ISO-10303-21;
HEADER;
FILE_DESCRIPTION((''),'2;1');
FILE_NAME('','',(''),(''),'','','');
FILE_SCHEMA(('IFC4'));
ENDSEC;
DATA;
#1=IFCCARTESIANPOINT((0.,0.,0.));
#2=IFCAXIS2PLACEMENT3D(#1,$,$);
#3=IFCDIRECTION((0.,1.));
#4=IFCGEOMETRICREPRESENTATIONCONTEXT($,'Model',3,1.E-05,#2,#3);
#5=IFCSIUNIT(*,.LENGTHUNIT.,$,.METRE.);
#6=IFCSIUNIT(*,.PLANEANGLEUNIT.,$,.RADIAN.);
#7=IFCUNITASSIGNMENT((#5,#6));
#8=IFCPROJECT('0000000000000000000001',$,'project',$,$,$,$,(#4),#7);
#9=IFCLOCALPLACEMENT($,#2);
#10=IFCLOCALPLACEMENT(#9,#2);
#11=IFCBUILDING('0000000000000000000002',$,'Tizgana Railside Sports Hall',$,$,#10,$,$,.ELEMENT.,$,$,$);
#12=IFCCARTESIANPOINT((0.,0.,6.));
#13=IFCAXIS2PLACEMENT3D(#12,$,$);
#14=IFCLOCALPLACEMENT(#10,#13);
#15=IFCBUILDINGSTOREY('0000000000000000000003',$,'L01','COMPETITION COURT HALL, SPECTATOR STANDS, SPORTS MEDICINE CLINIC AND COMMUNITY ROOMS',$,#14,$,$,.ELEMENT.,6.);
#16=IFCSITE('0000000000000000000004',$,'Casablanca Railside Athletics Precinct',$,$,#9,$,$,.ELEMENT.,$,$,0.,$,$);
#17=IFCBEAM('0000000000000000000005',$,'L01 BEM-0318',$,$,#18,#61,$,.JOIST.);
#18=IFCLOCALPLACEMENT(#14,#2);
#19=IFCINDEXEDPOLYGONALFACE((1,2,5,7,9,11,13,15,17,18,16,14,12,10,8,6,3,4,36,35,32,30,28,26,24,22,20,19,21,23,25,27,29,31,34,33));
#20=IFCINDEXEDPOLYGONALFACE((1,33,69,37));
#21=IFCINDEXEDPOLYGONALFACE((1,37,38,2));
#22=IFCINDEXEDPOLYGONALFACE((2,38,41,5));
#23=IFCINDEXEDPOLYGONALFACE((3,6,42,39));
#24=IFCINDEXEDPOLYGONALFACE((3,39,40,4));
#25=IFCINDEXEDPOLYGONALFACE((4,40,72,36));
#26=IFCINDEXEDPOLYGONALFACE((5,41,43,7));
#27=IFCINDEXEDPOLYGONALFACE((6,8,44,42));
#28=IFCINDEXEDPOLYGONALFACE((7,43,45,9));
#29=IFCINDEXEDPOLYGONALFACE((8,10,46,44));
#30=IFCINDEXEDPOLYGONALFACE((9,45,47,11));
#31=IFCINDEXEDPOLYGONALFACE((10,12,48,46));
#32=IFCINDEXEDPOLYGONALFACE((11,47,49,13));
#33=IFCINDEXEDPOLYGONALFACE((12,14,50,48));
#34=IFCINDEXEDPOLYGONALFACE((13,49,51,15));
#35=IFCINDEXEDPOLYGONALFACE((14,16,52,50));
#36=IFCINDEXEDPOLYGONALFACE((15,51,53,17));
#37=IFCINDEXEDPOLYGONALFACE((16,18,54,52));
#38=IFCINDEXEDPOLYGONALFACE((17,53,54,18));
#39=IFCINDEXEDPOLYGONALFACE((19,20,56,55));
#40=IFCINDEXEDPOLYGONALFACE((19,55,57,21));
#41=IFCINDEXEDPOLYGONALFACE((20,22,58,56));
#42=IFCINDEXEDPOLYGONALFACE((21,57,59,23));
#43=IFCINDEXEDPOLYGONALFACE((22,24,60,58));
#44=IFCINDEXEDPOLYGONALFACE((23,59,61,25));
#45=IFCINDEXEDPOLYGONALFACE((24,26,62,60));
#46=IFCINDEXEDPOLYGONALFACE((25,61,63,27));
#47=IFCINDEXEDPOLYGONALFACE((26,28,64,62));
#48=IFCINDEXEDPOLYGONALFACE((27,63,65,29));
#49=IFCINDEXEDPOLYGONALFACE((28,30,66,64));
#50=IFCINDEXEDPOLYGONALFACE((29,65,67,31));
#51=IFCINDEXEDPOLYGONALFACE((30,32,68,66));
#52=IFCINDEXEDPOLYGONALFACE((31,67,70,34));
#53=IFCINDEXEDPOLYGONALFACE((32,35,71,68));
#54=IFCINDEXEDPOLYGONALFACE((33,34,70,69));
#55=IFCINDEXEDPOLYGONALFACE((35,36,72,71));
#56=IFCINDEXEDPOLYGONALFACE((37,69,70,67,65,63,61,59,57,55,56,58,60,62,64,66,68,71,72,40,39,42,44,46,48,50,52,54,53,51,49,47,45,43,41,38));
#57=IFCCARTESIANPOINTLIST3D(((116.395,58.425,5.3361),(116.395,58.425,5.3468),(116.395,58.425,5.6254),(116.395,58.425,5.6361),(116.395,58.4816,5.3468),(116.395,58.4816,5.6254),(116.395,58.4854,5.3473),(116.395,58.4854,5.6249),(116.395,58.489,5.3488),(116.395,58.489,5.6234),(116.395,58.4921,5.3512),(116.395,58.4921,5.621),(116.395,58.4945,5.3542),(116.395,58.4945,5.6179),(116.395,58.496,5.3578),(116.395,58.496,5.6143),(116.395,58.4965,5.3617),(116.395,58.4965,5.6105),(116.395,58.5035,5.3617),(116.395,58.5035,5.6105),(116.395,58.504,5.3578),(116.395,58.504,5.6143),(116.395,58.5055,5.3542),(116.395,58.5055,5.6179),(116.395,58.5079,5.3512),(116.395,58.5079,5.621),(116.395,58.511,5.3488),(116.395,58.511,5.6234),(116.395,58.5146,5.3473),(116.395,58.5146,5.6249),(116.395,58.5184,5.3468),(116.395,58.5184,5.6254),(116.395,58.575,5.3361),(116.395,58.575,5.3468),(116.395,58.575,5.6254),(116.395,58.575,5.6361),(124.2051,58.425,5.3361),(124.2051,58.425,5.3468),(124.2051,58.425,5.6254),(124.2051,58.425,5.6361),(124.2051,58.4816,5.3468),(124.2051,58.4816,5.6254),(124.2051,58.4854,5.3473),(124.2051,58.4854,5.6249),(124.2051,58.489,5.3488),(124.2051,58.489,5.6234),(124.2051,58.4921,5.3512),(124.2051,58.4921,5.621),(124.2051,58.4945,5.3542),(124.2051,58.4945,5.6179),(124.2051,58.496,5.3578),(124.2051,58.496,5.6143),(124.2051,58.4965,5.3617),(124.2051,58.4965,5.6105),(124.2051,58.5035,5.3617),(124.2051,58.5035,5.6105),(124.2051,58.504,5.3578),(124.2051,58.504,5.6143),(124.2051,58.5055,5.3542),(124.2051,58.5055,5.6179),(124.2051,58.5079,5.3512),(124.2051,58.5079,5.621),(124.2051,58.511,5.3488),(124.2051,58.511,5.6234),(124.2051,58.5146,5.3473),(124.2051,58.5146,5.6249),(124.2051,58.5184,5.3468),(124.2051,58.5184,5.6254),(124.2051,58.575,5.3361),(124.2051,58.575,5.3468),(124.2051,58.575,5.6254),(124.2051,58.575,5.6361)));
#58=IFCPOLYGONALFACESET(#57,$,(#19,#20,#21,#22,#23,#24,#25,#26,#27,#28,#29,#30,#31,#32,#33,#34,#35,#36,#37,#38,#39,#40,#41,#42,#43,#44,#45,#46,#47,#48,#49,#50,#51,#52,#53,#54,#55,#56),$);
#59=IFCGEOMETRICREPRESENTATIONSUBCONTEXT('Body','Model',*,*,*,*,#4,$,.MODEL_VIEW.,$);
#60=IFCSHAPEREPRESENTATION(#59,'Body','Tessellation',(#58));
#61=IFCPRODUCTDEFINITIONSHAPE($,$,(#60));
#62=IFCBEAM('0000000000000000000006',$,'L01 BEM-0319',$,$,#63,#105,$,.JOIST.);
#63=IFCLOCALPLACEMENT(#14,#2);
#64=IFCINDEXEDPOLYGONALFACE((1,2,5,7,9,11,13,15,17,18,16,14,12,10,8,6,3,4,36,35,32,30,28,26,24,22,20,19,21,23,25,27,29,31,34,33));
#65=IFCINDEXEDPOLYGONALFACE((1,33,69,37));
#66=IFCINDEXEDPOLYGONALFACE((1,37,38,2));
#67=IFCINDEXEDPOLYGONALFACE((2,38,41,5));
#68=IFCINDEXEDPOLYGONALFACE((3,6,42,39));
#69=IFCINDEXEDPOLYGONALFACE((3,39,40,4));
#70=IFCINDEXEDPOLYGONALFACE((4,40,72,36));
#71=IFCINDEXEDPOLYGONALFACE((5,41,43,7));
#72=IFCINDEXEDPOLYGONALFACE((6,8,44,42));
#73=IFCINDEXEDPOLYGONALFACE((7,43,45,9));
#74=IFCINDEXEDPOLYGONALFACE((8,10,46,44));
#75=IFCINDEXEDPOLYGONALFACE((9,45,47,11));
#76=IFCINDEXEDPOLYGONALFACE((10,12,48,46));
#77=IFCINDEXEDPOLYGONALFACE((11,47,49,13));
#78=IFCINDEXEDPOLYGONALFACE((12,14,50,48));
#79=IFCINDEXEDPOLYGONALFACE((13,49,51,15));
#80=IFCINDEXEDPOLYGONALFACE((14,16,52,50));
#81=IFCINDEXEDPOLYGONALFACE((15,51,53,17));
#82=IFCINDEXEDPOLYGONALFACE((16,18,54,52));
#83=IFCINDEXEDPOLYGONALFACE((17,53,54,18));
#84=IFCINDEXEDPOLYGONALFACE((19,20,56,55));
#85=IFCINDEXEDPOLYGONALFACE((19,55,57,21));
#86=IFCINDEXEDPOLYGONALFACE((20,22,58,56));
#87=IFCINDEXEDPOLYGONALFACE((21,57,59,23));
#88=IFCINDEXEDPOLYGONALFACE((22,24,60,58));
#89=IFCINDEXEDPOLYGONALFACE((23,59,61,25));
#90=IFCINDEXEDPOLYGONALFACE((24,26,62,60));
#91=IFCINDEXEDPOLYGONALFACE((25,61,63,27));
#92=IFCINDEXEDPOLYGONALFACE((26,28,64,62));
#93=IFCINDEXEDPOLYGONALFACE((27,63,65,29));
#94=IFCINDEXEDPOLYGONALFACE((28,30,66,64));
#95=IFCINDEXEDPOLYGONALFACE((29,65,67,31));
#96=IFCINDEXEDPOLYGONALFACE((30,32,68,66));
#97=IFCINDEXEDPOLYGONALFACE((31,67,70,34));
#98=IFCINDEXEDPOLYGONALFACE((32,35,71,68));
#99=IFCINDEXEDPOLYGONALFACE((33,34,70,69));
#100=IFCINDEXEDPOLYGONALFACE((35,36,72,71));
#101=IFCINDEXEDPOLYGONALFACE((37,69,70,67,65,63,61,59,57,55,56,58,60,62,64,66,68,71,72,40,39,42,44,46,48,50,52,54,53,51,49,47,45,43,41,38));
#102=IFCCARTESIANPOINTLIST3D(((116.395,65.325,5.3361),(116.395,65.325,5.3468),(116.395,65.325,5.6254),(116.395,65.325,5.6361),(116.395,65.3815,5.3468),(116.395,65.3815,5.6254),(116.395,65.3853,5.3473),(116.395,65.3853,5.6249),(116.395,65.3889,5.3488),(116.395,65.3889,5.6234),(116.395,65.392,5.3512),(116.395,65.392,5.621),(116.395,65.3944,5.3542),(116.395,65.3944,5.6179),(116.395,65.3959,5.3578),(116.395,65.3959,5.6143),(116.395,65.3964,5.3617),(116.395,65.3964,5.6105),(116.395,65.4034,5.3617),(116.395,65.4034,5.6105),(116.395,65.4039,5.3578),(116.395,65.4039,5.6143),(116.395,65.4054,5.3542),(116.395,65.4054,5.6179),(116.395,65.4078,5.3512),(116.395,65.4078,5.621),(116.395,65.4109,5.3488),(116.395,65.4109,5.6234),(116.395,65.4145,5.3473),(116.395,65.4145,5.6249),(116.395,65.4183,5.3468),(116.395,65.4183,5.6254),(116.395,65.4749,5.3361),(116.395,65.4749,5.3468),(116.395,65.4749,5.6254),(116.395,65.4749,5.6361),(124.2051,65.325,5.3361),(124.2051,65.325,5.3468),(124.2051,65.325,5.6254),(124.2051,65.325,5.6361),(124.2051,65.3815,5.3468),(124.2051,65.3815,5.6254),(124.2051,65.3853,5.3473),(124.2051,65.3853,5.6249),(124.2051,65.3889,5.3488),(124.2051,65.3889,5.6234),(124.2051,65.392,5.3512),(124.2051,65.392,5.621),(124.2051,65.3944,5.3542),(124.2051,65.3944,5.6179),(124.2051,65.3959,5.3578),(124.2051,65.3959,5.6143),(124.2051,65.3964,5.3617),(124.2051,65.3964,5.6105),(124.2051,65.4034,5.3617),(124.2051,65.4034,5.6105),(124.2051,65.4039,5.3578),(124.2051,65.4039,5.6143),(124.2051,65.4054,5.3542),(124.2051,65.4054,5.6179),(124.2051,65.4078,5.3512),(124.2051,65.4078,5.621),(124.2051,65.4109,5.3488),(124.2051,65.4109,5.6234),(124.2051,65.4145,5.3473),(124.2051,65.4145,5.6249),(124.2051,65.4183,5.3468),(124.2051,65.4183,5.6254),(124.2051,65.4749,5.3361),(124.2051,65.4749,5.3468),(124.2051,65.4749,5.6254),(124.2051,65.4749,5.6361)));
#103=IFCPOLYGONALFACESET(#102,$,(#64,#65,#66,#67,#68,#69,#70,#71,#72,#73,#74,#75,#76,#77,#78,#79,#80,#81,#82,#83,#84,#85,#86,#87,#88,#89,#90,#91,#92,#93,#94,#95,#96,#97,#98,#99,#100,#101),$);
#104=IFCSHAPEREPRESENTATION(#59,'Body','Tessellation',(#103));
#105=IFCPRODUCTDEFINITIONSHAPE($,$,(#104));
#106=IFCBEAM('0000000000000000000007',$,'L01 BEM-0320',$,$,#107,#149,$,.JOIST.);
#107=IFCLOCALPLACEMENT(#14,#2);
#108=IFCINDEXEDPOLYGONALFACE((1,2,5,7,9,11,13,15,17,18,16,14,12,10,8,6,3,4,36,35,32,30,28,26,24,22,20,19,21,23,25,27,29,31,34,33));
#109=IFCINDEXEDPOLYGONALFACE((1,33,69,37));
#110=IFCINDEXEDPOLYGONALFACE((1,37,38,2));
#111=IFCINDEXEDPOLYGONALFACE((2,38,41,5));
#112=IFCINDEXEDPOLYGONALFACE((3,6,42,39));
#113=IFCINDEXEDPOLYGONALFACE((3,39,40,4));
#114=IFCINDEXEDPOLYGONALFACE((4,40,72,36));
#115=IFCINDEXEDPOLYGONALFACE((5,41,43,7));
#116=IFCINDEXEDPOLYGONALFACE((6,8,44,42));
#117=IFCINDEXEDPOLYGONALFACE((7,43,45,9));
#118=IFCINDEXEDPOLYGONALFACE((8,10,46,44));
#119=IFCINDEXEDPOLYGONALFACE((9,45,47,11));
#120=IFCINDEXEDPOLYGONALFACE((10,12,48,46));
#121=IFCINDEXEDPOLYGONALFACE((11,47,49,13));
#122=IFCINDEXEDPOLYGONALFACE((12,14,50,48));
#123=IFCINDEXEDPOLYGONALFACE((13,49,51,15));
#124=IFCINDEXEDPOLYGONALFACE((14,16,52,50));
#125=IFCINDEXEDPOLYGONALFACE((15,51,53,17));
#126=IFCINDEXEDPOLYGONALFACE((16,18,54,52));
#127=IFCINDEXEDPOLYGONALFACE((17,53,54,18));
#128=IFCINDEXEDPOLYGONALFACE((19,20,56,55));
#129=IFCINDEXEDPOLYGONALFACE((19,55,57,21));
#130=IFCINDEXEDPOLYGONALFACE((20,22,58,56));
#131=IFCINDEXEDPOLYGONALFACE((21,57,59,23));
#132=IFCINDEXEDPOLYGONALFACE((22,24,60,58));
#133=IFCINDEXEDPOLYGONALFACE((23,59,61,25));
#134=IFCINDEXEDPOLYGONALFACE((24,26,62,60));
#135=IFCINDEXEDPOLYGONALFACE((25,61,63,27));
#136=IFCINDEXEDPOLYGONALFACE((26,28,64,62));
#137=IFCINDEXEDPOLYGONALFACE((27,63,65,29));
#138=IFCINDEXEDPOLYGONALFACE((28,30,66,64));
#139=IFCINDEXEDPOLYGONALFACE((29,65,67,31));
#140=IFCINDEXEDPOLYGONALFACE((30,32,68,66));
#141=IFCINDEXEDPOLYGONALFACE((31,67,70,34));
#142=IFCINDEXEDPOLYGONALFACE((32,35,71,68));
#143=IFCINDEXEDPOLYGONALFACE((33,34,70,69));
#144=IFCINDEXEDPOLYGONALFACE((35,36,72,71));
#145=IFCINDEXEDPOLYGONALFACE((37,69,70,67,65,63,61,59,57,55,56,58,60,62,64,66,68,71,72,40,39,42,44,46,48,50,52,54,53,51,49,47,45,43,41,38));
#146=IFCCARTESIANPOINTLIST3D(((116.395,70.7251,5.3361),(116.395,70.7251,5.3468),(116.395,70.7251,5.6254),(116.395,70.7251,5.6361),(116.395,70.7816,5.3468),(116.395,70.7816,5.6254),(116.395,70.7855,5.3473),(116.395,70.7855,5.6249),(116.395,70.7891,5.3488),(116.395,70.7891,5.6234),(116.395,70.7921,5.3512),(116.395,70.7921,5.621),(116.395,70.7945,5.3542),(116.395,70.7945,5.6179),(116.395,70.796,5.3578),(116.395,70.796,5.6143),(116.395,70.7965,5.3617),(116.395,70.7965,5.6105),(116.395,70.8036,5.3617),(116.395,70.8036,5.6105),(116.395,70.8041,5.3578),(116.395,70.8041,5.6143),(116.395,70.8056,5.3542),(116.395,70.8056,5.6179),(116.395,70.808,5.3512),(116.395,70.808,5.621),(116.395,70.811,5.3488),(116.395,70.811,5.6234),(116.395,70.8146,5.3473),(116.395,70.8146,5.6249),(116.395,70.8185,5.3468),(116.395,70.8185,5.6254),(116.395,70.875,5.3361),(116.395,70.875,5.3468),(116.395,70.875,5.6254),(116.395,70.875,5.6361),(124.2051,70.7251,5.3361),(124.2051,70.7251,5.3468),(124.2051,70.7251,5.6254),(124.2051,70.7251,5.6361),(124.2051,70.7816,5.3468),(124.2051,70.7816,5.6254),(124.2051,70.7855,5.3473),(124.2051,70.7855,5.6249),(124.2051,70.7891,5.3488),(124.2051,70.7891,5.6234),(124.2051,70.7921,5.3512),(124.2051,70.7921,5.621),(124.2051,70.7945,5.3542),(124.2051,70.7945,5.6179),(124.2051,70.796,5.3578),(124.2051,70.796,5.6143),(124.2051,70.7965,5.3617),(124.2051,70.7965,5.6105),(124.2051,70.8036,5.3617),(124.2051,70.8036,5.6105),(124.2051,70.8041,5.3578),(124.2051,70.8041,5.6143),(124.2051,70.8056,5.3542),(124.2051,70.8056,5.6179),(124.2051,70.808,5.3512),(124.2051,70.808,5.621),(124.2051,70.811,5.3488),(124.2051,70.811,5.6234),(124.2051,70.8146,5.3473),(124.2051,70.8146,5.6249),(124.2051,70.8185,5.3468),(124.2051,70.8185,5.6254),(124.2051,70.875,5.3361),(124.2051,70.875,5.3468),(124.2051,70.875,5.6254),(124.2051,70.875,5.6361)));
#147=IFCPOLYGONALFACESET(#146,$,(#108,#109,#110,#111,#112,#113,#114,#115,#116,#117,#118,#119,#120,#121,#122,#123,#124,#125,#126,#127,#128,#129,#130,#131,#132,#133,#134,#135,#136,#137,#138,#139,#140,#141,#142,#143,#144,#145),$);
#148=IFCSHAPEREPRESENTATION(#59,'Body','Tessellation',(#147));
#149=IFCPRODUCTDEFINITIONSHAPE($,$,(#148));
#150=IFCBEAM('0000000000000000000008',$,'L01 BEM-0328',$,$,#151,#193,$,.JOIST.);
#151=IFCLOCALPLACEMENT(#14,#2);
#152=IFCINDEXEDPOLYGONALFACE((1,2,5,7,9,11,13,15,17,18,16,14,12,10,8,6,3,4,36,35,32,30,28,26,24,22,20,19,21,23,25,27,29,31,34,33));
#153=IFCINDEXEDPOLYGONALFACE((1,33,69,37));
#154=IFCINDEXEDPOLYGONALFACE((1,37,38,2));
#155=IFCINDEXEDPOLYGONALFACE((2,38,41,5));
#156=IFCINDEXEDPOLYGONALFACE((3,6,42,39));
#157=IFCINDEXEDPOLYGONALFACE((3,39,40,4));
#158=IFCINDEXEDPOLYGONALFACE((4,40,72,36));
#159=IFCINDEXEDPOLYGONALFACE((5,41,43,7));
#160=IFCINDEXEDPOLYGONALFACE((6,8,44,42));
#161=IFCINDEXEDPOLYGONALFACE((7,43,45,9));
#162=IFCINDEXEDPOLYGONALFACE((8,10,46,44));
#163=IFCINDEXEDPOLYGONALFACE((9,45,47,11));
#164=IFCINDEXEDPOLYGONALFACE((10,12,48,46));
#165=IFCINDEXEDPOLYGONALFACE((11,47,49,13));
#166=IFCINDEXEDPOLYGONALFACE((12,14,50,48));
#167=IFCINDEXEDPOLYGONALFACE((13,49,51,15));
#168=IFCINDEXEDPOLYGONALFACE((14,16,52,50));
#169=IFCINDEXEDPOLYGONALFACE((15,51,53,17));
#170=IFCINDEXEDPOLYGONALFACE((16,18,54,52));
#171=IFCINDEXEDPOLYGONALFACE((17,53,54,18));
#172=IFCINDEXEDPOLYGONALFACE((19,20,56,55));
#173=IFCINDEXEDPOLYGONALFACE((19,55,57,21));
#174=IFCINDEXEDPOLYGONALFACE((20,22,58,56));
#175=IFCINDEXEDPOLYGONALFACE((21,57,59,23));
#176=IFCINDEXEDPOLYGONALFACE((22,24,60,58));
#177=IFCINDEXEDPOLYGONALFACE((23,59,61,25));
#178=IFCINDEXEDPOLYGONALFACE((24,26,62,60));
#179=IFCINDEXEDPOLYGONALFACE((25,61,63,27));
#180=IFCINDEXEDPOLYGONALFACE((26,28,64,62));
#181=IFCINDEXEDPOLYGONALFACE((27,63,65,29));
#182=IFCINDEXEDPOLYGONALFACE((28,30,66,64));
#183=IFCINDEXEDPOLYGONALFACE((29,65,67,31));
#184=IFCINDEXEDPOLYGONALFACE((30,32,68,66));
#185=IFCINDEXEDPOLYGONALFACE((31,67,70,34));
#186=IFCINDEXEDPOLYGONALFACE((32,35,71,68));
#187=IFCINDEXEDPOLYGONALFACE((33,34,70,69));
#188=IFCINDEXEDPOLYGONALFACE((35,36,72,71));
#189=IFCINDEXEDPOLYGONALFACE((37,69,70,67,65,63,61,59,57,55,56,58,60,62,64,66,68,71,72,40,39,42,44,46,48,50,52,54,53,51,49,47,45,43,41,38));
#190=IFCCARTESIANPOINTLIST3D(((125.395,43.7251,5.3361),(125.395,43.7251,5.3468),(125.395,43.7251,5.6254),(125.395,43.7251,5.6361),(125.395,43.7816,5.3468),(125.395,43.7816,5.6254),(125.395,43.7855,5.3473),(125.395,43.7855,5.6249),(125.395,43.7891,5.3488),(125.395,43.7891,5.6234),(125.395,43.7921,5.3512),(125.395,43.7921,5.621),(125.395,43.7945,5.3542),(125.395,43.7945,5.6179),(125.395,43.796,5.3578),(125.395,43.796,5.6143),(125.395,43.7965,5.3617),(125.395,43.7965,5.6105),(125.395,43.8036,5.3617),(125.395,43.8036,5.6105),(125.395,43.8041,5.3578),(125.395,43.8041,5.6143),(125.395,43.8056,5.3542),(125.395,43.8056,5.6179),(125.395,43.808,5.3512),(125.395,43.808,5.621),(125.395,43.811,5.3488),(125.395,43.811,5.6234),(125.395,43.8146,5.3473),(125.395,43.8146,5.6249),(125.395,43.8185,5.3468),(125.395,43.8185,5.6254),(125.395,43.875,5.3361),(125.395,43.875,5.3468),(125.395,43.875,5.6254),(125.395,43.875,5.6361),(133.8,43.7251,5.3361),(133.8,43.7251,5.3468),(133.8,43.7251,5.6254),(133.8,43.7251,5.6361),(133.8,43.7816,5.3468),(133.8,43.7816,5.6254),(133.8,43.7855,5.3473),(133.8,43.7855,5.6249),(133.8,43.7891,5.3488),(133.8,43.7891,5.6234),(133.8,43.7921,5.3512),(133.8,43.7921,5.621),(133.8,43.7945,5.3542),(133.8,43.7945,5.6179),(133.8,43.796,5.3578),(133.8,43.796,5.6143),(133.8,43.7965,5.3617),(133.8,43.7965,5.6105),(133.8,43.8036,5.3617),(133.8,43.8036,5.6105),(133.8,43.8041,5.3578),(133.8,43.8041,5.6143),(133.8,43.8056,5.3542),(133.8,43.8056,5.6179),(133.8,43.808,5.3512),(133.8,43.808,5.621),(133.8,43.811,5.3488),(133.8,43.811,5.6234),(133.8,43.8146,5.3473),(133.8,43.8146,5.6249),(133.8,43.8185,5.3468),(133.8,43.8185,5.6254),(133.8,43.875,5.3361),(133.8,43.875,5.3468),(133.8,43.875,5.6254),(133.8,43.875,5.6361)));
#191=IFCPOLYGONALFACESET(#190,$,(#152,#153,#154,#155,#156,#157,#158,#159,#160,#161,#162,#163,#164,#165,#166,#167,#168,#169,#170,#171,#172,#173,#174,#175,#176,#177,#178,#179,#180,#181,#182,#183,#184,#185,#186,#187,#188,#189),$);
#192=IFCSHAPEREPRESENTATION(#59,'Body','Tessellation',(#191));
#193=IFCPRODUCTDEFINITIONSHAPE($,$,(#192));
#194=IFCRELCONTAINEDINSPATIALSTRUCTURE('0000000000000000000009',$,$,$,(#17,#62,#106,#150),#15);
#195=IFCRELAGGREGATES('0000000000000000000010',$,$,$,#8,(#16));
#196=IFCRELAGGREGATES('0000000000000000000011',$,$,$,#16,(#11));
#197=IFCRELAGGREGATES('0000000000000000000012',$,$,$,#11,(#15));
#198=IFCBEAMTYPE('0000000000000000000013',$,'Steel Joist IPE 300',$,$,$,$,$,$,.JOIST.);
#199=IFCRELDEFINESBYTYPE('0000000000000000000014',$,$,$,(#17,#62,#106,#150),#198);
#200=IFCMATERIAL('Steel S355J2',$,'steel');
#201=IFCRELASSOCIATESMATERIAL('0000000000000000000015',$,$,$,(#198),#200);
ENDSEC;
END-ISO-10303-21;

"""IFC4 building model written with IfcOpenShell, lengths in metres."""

from ifc_helpers import new_model, si_unit, direction, frame, origin, origin_2d, place, context, subcontext, project, spatial, i_section, extrude, material, material_profile, profile_set, type_object, element, save


model = new_model("IFC4")

# Units and contexts
model_context = context("Model", 3, precision=1e-05, world=origin(), true_north=direction((0.0, 1.0)))
body_context = subcontext(model_context, "Body", "Model", "MODEL_VIEW")
ifc_project = project(units=[si_unit("LENGTHUNIT", "METRE"), si_unit("PLANEANGLEUNIT", "RADIAN")], contexts=[model_context])

# Site, building, storey
site_placement = place(None, origin())
site = spatial("IfcSite", under=ifc_project, at=site_placement, Name="Casablanca Railside Athletics Precinct", CompositionType="ELEMENT", RefElevation=0.0)
building_placement = place(site_placement, origin())
building = spatial("IfcBuilding", under=site, at=building_placement, Name="Tizgana Railside Sports Hall", CompositionType="ELEMENT")
storey_placement = place(building_placement, frame((0.0, 0.0, 6.0)))
storey = spatial("IfcBuildingStorey", under=building, at=storey_placement, Name="L01", Description="COMPETITION COURT HALL, SPECTATOR STANDS, SPORTS MEDICINE CLINIC AND COMMUNITY ROOMS", CompositionType="ELEMENT", Elevation=6.0)

# Beams
ifc_material = material(Name="Steel S355J2", Category="steel")
ifc_material_profile_1 = material_profile(ifc_material, i_section(OverallWidth=0.1499, OverallDepth=0.3, WebThickness=0.0071, FlangeThickness=0.0107, FilletRadius=0.0149, at=origin_2d()), Name="IPE 300")
ifc_profile_set_1 = profile_set([ifc_material_profile_1], Name="Steel S355J2")
beam_type_1 = type_object("IfcBeamType", Name="Steel Joist IPE 300", PredefinedType="JOIST", material=ifc_profile_set_1)
for number, where, z_axis, x_axis, name in (
    (1, (116.395, 58.5, 5.4861), (1.0, 0.0, 0.0), (0.0, 1.0, 0.0), "L01 BEM-0318"),
    (2, (116.395, 65.3999, 5.4861), (1.0, 0.0, 0.0), (0.0, 1.0, 0.0), "L01 BEM-0319"),
    (3, (116.395, 70.8, 5.4861), (1.0, 0.0, 0.0), (0.0, 1.0, 0.0), "L01 BEM-0320"),
):
    element("IfcBeam", number, at=place(storey_placement, frame(where, z_axis=z_axis, x_axis=x_axis)), inside=storey, type_object=beam_type_1, Name=name, PredefinedType="JOIST", context=body_context, shape_type="SweptSolid", body=[
        extrude(i_section(OverallWidth=0.1499, OverallDepth=0.3, WebThickness=0.0071, FlangeThickness=0.0107, FilletRadius=0.0149, at=origin_2d()), origin(), (0.0, 0.0, 1.0), 7.8101),
    ])
for number, where, z_axis, x_axis, name in (
    (4, (125.395, 43.8, 5.4861), (1.0, 0.0, 0.0), (0.0, 1.0, 0.0), "L01 BEM-0328"),
):
    element("IfcBeam", number, at=place(storey_placement, frame(where, z_axis=z_axis, x_axis=x_axis)), inside=storey, type_object=beam_type_1, Name=name, PredefinedType="JOIST", context=body_context, shape_type="SweptSolid", body=[
        extrude(i_section(OverallWidth=0.1499, OverallDepth=0.3, WebThickness=0.0071, FlangeThickness=0.0107, FilletRadius=0.0149, at=origin_2d()), origin(), (0.0, 0.0, 1.0), 8.405),
    ])

save(model, "model.ifc")
